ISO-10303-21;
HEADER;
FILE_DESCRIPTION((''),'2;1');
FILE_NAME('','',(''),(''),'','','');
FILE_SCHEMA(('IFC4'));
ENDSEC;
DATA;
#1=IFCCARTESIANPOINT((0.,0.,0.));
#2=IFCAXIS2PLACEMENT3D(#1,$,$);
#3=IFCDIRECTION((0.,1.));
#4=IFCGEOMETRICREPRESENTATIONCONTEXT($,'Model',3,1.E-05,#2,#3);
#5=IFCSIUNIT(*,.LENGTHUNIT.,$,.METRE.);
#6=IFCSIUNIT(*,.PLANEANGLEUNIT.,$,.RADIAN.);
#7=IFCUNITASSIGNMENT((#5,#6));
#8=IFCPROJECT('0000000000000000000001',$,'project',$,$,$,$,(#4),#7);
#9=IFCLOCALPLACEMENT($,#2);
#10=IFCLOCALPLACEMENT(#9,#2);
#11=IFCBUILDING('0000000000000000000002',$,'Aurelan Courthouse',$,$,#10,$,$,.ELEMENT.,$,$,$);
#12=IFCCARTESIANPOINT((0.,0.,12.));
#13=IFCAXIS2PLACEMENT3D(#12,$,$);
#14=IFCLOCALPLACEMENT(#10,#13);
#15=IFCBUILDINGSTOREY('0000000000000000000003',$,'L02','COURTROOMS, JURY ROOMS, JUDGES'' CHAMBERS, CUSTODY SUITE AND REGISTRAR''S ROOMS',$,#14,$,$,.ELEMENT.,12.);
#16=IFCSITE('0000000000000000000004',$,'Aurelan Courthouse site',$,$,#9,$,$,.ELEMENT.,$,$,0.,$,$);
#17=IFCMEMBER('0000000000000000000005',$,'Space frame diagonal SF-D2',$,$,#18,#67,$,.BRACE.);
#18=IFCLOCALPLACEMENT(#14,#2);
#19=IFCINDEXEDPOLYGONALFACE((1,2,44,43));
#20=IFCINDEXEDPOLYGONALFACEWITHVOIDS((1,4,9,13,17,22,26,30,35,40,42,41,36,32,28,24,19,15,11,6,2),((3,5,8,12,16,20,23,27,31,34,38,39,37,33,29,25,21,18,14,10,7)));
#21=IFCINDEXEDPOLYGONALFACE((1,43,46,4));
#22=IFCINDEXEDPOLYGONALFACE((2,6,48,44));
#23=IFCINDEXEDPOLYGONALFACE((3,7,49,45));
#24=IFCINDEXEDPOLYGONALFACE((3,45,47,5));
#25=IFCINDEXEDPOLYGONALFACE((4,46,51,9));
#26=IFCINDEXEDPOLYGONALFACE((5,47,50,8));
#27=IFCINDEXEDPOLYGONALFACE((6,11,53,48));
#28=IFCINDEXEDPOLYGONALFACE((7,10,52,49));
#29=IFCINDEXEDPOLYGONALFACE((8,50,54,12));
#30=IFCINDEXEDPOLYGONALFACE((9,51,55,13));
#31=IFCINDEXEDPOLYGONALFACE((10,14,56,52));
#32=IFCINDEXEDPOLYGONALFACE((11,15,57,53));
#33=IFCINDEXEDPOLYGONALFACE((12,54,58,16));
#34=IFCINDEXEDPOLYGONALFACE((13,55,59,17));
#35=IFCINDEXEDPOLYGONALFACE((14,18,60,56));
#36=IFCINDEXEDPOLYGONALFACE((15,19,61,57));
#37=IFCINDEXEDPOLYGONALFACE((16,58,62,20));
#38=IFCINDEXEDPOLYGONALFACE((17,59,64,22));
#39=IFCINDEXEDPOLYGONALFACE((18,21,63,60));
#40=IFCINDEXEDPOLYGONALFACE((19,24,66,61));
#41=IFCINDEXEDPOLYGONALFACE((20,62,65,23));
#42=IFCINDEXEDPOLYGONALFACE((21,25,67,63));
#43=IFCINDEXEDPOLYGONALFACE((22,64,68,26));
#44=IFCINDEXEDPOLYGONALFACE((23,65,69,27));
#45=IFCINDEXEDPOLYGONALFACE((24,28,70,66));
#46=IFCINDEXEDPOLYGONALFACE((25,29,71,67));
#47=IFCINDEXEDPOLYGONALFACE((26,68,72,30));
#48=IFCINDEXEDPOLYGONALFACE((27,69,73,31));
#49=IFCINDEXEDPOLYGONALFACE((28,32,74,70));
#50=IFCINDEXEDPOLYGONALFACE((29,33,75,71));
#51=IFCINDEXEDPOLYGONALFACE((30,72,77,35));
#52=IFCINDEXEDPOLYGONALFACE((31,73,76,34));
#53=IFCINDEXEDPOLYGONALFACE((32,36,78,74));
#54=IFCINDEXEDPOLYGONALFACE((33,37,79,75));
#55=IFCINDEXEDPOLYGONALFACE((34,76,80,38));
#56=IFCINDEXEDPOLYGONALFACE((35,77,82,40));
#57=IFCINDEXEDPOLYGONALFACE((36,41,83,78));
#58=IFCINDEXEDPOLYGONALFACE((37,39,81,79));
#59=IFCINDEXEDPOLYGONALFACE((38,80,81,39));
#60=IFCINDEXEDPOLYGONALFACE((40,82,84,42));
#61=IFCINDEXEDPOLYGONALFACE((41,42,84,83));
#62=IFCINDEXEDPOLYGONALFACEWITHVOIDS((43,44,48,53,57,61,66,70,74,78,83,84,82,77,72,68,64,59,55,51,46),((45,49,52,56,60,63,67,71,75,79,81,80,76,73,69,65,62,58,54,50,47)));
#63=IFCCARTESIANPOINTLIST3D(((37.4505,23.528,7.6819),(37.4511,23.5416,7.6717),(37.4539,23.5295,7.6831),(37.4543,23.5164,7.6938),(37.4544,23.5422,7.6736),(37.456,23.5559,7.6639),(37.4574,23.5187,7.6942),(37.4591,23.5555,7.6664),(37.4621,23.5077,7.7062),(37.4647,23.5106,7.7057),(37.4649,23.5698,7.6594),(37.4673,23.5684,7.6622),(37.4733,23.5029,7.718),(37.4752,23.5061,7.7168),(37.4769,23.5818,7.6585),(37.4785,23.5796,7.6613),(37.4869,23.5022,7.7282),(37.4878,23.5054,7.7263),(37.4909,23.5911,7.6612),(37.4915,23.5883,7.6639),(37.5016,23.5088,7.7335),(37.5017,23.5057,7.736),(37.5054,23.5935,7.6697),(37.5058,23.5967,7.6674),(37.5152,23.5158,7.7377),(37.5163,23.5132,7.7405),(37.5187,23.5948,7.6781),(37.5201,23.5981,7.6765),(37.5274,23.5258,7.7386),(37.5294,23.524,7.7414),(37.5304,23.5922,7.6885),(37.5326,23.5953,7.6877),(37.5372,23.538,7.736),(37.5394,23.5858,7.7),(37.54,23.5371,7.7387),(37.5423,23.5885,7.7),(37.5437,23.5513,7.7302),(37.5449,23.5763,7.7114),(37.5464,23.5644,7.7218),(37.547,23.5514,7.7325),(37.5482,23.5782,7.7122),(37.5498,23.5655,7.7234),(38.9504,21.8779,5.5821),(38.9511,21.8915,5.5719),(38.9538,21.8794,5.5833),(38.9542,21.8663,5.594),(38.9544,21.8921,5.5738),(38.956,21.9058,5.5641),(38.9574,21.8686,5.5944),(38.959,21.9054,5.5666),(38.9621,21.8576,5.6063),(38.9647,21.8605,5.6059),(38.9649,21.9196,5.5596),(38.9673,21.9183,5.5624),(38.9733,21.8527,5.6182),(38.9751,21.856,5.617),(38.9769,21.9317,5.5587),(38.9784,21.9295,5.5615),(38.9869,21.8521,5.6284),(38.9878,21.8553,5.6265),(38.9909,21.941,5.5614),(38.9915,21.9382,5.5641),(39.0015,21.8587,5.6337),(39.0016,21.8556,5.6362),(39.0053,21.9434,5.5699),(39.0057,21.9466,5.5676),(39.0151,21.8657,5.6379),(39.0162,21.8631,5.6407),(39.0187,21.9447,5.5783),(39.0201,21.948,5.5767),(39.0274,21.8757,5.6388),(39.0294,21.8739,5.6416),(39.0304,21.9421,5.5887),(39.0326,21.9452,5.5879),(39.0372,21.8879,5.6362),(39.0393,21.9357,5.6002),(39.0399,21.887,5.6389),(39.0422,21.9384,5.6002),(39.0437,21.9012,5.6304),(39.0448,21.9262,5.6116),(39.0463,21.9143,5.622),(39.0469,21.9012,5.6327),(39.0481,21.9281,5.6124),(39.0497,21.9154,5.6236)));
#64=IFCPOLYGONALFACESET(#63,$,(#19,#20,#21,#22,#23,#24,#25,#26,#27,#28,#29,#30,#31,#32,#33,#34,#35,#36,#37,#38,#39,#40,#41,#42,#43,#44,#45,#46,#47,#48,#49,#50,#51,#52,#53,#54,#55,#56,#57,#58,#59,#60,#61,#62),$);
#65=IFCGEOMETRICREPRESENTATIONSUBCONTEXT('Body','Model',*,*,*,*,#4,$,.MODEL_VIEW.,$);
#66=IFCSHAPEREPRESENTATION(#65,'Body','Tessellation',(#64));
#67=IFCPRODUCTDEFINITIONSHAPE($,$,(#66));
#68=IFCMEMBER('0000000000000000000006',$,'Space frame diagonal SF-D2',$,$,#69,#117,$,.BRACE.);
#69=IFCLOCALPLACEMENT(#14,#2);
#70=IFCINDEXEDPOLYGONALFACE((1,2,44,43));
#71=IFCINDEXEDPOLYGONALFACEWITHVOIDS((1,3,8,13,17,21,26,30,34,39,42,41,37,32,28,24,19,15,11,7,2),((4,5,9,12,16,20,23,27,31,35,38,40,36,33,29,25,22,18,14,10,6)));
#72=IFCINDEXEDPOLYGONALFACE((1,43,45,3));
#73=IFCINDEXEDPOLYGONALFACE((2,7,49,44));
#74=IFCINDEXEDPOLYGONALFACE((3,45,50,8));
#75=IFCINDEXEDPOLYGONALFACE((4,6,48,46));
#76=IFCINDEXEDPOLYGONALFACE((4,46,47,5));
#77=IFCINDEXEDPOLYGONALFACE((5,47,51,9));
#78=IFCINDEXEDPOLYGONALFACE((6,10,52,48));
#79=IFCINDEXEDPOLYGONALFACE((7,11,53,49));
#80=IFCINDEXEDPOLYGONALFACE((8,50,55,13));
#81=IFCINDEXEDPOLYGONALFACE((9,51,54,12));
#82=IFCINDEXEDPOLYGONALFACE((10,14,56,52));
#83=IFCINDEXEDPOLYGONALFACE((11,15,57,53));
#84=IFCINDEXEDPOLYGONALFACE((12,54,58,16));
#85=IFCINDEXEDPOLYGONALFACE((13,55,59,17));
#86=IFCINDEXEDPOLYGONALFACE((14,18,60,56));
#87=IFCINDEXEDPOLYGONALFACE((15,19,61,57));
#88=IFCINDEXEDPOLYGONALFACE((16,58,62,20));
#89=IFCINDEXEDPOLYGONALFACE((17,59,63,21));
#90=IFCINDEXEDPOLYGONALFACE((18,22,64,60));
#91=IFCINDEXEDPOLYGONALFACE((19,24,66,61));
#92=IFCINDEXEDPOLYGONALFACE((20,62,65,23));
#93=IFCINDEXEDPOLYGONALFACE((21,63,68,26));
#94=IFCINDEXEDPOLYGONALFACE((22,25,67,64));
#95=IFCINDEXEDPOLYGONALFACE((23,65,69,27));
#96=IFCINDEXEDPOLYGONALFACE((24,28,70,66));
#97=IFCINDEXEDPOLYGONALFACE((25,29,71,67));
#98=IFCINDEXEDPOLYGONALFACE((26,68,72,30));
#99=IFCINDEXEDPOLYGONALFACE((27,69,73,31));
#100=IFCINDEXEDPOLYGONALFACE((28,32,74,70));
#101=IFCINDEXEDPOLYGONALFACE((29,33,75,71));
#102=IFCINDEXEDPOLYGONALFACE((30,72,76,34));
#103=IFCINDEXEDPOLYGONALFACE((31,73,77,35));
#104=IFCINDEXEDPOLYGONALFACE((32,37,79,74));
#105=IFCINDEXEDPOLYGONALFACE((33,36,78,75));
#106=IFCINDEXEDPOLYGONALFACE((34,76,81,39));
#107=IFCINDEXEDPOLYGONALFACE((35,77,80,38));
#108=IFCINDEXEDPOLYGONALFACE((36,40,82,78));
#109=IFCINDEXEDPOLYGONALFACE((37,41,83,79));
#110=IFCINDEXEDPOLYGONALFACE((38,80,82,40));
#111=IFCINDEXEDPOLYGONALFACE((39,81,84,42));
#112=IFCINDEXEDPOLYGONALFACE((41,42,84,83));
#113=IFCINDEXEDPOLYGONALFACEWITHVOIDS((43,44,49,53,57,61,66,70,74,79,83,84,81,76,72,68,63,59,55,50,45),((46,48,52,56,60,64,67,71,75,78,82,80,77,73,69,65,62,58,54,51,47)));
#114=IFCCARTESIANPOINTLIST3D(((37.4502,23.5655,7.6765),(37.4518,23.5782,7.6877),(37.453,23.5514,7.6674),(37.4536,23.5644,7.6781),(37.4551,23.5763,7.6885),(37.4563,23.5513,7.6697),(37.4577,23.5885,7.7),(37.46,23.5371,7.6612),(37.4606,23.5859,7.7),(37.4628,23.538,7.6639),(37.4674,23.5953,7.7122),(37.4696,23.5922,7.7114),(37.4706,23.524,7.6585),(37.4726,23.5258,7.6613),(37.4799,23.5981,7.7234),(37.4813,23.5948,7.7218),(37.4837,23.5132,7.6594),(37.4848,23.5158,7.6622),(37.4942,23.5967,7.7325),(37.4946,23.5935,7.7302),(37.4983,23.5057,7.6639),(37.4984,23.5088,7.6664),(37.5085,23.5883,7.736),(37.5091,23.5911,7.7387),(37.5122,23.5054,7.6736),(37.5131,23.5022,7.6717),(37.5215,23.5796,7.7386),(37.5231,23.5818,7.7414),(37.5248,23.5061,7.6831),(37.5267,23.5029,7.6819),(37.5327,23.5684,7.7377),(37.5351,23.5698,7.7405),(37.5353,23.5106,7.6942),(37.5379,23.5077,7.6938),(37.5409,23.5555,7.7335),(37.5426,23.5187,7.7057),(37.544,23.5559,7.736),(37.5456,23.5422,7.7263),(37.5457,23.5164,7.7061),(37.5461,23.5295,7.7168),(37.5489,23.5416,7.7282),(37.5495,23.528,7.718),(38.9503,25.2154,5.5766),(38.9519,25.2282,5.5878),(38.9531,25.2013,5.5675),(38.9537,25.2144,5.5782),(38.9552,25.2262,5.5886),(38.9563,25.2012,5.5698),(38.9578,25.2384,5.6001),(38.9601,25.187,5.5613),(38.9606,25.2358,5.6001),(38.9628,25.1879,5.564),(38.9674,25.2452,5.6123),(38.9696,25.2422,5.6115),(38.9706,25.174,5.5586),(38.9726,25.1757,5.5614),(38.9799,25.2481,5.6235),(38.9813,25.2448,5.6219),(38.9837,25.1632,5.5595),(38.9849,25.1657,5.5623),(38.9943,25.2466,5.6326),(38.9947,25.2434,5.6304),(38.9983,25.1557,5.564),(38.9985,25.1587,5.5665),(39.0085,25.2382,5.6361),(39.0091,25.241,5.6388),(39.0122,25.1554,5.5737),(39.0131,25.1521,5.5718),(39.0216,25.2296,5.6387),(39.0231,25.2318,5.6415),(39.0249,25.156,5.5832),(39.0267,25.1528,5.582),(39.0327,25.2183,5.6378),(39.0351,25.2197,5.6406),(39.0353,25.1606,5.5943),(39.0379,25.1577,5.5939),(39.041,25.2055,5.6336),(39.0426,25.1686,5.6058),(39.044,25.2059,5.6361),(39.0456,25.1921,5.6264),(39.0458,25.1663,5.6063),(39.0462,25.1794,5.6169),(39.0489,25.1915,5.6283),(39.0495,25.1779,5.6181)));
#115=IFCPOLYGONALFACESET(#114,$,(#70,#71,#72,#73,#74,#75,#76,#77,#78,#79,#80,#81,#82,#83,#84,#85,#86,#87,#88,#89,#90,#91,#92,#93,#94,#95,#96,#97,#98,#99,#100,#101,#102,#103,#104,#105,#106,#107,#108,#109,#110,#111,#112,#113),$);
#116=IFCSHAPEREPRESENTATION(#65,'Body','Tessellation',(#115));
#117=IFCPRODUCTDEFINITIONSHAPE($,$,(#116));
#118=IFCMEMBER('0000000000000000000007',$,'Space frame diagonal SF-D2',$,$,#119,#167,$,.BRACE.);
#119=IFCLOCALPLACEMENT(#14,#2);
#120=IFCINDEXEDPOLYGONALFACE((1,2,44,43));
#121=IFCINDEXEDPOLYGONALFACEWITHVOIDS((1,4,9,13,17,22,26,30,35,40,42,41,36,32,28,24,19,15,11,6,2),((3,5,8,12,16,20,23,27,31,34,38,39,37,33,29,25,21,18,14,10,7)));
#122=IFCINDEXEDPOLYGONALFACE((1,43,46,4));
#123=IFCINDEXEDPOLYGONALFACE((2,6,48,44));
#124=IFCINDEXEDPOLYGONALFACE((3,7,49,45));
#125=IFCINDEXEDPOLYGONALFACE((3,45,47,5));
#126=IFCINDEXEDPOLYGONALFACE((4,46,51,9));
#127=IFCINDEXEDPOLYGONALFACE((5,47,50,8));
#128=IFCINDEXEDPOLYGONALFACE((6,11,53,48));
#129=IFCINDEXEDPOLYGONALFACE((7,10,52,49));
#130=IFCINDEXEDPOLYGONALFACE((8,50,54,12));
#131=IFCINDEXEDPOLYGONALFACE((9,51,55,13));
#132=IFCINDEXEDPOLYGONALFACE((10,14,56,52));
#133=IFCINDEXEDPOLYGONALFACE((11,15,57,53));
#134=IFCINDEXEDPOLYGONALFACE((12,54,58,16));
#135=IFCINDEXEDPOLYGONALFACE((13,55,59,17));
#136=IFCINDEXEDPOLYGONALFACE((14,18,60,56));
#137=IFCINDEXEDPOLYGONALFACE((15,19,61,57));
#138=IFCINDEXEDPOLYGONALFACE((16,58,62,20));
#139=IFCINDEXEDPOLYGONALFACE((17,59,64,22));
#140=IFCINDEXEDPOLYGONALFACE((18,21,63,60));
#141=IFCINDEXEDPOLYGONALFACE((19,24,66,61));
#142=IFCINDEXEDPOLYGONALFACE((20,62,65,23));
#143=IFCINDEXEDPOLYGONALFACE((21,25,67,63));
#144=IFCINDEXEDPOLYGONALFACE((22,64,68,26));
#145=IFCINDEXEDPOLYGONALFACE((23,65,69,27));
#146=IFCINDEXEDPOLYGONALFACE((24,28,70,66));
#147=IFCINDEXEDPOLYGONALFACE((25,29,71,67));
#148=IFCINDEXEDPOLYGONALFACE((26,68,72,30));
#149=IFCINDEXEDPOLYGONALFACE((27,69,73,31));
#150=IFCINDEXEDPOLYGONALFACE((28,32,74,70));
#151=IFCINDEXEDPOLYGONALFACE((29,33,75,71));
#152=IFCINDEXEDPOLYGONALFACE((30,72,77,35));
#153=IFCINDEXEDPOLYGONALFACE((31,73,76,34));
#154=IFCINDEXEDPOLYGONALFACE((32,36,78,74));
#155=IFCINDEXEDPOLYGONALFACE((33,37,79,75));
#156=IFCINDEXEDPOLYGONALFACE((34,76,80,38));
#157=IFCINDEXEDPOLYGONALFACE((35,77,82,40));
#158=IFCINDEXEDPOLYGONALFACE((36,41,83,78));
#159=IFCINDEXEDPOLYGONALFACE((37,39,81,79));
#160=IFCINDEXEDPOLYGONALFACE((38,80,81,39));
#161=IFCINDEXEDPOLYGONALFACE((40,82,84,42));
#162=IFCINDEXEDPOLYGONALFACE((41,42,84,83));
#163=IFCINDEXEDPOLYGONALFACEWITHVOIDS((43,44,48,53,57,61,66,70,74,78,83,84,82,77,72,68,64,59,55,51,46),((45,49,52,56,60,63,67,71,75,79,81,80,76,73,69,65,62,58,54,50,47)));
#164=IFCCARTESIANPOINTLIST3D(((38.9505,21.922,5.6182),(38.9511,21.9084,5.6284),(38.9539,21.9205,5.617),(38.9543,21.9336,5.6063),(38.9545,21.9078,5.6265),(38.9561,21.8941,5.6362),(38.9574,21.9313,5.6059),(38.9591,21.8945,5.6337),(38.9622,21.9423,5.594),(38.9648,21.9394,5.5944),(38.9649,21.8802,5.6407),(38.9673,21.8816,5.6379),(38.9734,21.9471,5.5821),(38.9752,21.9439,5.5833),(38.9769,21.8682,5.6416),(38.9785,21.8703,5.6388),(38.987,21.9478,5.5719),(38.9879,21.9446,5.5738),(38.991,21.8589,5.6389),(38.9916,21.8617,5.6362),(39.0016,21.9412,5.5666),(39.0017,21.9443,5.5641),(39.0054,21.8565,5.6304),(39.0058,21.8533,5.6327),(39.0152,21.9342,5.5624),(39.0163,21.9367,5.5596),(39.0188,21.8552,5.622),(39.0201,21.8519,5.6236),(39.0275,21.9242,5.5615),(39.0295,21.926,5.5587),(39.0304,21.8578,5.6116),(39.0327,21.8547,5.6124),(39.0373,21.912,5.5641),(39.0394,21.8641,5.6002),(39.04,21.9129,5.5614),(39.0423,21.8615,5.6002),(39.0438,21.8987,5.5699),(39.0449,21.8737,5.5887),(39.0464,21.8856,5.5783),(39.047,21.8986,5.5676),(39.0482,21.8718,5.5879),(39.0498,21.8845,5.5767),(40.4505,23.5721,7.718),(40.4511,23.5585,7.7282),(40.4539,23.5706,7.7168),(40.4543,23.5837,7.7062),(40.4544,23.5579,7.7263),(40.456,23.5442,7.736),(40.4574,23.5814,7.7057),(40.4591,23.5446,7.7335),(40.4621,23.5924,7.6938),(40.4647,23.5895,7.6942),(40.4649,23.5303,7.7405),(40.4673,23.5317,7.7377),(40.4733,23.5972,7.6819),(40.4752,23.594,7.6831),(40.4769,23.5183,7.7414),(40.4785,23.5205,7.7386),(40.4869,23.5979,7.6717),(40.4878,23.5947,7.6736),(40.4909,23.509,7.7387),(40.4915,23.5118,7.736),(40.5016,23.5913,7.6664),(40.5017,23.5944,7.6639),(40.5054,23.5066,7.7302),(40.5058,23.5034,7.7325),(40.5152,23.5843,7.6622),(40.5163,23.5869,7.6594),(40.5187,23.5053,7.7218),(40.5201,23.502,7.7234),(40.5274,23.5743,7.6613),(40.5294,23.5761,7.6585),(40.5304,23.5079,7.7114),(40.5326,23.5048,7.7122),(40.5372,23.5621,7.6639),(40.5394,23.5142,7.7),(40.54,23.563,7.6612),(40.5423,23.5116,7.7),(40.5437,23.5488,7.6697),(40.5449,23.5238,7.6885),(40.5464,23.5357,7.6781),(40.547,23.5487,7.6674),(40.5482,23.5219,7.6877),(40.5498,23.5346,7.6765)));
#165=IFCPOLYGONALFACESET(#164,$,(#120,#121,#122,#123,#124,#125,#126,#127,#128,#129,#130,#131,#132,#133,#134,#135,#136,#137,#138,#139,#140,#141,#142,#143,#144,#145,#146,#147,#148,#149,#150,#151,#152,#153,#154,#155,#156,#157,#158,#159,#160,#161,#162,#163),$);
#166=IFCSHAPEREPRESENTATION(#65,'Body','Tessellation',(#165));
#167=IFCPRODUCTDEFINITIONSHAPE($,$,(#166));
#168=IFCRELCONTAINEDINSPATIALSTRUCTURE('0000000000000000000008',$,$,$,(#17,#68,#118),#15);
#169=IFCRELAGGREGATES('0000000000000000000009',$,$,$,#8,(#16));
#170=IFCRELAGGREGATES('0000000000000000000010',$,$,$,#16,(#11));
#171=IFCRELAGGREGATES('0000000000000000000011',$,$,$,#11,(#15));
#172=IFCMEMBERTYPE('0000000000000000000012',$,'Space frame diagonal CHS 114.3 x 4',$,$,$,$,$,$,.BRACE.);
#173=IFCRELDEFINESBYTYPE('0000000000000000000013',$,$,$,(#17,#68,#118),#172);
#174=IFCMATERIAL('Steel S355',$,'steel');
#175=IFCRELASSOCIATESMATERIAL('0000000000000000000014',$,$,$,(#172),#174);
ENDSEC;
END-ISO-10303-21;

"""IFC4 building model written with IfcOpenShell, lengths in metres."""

from ifc_helpers import new_model, si_unit, direction, frame, origin, origin_2d, place, context, subcontext, project, spatial, hollow_circle, extrude, material, material_profile, profile_set, type_object, element, save


model = new_model("IFC4")

# Units and contexts
model_context = context("Model", 3, precision=1e-05, world=origin(), true_north=direction((0.0, 1.0)))
body_context = subcontext(model_context, "Body", "Model", "MODEL_VIEW")
ifc_project = project(units=[si_unit("LENGTHUNIT", "METRE"), si_unit("PLANEANGLEUNIT", "RADIAN")], contexts=[model_context])

# Site, building, storey
site_placement = place(None, origin())
site = spatial("IfcSite", under=ifc_project, at=site_placement, Name="Aurelan Courthouse site", CompositionType="ELEMENT", RefElevation=0.0)
building_placement = place(site_placement, origin())
building = spatial("IfcBuilding", under=site, at=building_placement, Name="Aurelan Courthouse", CompositionType="ELEMENT")
storey_placement = place(building_placement, frame((0.0, 0.0, 12.0)))
storey = spatial("IfcBuildingStorey", under=building, at=storey_placement, Name="L02", Description="COURTROOMS, JURY ROOMS, JUDGES' CHAMBERS, CUSTODY SUITE AND REGISTRAR'S ROOMS", CompositionType="ELEMENT", Elevation=12.0)

# Members
ifc_material_1 = material(Name="Steel S355", Category="steel")
ifc_material_profile_1 = material_profile(ifc_material_1, hollow_circle(Radius=0.0571, WallThickness=0.0039, at=origin_2d()), Name="CHS 114.3 x 4")
ifc_profile_set_1 = profile_set([ifc_material_profile_1], Name="Steel S355")
member_type_1 = type_object("IfcMemberType", Name="Space frame diagonal CHS 114.3 x 4", PredefinedType="BRACE", material=ifc_profile_set_1)
for number, where, z_axis, x_axis, name in (
    (1, (37.5, 23.55, 7.7), (0.489706, -0.538724, -0.68554), (0.73997, 0.67264, 0.0), "Space frame diagonal SF-D2"),
    (2, (37.5, 23.55, 7.7), (0.489727, 0.538667, -0.685569), (-0.73992, 0.672695, 0.0), "Space frame diagonal SF-D2"),
    (3, (40.5, 23.55, 7.7), (-0.489706, -0.538724, -0.68554), (0.73997, -0.67264, 0.0), "Space frame diagonal SF-D2"),
):
    element("IfcMember", number, at=place(storey_placement, frame(where, z_axis=z_axis, x_axis=x_axis)), inside=storey, type_object=member_type_1, Name=name, PredefinedType="BRACE", context=body_context, shape_type="SweptSolid", body=[
        extrude(hollow_circle(Radius=0.0571, WallThickness=0.0039, at=origin_2d()), origin(), (0.0, 0.0, 1.0), 3.063),
    ])

save(model, "model.ifc")
